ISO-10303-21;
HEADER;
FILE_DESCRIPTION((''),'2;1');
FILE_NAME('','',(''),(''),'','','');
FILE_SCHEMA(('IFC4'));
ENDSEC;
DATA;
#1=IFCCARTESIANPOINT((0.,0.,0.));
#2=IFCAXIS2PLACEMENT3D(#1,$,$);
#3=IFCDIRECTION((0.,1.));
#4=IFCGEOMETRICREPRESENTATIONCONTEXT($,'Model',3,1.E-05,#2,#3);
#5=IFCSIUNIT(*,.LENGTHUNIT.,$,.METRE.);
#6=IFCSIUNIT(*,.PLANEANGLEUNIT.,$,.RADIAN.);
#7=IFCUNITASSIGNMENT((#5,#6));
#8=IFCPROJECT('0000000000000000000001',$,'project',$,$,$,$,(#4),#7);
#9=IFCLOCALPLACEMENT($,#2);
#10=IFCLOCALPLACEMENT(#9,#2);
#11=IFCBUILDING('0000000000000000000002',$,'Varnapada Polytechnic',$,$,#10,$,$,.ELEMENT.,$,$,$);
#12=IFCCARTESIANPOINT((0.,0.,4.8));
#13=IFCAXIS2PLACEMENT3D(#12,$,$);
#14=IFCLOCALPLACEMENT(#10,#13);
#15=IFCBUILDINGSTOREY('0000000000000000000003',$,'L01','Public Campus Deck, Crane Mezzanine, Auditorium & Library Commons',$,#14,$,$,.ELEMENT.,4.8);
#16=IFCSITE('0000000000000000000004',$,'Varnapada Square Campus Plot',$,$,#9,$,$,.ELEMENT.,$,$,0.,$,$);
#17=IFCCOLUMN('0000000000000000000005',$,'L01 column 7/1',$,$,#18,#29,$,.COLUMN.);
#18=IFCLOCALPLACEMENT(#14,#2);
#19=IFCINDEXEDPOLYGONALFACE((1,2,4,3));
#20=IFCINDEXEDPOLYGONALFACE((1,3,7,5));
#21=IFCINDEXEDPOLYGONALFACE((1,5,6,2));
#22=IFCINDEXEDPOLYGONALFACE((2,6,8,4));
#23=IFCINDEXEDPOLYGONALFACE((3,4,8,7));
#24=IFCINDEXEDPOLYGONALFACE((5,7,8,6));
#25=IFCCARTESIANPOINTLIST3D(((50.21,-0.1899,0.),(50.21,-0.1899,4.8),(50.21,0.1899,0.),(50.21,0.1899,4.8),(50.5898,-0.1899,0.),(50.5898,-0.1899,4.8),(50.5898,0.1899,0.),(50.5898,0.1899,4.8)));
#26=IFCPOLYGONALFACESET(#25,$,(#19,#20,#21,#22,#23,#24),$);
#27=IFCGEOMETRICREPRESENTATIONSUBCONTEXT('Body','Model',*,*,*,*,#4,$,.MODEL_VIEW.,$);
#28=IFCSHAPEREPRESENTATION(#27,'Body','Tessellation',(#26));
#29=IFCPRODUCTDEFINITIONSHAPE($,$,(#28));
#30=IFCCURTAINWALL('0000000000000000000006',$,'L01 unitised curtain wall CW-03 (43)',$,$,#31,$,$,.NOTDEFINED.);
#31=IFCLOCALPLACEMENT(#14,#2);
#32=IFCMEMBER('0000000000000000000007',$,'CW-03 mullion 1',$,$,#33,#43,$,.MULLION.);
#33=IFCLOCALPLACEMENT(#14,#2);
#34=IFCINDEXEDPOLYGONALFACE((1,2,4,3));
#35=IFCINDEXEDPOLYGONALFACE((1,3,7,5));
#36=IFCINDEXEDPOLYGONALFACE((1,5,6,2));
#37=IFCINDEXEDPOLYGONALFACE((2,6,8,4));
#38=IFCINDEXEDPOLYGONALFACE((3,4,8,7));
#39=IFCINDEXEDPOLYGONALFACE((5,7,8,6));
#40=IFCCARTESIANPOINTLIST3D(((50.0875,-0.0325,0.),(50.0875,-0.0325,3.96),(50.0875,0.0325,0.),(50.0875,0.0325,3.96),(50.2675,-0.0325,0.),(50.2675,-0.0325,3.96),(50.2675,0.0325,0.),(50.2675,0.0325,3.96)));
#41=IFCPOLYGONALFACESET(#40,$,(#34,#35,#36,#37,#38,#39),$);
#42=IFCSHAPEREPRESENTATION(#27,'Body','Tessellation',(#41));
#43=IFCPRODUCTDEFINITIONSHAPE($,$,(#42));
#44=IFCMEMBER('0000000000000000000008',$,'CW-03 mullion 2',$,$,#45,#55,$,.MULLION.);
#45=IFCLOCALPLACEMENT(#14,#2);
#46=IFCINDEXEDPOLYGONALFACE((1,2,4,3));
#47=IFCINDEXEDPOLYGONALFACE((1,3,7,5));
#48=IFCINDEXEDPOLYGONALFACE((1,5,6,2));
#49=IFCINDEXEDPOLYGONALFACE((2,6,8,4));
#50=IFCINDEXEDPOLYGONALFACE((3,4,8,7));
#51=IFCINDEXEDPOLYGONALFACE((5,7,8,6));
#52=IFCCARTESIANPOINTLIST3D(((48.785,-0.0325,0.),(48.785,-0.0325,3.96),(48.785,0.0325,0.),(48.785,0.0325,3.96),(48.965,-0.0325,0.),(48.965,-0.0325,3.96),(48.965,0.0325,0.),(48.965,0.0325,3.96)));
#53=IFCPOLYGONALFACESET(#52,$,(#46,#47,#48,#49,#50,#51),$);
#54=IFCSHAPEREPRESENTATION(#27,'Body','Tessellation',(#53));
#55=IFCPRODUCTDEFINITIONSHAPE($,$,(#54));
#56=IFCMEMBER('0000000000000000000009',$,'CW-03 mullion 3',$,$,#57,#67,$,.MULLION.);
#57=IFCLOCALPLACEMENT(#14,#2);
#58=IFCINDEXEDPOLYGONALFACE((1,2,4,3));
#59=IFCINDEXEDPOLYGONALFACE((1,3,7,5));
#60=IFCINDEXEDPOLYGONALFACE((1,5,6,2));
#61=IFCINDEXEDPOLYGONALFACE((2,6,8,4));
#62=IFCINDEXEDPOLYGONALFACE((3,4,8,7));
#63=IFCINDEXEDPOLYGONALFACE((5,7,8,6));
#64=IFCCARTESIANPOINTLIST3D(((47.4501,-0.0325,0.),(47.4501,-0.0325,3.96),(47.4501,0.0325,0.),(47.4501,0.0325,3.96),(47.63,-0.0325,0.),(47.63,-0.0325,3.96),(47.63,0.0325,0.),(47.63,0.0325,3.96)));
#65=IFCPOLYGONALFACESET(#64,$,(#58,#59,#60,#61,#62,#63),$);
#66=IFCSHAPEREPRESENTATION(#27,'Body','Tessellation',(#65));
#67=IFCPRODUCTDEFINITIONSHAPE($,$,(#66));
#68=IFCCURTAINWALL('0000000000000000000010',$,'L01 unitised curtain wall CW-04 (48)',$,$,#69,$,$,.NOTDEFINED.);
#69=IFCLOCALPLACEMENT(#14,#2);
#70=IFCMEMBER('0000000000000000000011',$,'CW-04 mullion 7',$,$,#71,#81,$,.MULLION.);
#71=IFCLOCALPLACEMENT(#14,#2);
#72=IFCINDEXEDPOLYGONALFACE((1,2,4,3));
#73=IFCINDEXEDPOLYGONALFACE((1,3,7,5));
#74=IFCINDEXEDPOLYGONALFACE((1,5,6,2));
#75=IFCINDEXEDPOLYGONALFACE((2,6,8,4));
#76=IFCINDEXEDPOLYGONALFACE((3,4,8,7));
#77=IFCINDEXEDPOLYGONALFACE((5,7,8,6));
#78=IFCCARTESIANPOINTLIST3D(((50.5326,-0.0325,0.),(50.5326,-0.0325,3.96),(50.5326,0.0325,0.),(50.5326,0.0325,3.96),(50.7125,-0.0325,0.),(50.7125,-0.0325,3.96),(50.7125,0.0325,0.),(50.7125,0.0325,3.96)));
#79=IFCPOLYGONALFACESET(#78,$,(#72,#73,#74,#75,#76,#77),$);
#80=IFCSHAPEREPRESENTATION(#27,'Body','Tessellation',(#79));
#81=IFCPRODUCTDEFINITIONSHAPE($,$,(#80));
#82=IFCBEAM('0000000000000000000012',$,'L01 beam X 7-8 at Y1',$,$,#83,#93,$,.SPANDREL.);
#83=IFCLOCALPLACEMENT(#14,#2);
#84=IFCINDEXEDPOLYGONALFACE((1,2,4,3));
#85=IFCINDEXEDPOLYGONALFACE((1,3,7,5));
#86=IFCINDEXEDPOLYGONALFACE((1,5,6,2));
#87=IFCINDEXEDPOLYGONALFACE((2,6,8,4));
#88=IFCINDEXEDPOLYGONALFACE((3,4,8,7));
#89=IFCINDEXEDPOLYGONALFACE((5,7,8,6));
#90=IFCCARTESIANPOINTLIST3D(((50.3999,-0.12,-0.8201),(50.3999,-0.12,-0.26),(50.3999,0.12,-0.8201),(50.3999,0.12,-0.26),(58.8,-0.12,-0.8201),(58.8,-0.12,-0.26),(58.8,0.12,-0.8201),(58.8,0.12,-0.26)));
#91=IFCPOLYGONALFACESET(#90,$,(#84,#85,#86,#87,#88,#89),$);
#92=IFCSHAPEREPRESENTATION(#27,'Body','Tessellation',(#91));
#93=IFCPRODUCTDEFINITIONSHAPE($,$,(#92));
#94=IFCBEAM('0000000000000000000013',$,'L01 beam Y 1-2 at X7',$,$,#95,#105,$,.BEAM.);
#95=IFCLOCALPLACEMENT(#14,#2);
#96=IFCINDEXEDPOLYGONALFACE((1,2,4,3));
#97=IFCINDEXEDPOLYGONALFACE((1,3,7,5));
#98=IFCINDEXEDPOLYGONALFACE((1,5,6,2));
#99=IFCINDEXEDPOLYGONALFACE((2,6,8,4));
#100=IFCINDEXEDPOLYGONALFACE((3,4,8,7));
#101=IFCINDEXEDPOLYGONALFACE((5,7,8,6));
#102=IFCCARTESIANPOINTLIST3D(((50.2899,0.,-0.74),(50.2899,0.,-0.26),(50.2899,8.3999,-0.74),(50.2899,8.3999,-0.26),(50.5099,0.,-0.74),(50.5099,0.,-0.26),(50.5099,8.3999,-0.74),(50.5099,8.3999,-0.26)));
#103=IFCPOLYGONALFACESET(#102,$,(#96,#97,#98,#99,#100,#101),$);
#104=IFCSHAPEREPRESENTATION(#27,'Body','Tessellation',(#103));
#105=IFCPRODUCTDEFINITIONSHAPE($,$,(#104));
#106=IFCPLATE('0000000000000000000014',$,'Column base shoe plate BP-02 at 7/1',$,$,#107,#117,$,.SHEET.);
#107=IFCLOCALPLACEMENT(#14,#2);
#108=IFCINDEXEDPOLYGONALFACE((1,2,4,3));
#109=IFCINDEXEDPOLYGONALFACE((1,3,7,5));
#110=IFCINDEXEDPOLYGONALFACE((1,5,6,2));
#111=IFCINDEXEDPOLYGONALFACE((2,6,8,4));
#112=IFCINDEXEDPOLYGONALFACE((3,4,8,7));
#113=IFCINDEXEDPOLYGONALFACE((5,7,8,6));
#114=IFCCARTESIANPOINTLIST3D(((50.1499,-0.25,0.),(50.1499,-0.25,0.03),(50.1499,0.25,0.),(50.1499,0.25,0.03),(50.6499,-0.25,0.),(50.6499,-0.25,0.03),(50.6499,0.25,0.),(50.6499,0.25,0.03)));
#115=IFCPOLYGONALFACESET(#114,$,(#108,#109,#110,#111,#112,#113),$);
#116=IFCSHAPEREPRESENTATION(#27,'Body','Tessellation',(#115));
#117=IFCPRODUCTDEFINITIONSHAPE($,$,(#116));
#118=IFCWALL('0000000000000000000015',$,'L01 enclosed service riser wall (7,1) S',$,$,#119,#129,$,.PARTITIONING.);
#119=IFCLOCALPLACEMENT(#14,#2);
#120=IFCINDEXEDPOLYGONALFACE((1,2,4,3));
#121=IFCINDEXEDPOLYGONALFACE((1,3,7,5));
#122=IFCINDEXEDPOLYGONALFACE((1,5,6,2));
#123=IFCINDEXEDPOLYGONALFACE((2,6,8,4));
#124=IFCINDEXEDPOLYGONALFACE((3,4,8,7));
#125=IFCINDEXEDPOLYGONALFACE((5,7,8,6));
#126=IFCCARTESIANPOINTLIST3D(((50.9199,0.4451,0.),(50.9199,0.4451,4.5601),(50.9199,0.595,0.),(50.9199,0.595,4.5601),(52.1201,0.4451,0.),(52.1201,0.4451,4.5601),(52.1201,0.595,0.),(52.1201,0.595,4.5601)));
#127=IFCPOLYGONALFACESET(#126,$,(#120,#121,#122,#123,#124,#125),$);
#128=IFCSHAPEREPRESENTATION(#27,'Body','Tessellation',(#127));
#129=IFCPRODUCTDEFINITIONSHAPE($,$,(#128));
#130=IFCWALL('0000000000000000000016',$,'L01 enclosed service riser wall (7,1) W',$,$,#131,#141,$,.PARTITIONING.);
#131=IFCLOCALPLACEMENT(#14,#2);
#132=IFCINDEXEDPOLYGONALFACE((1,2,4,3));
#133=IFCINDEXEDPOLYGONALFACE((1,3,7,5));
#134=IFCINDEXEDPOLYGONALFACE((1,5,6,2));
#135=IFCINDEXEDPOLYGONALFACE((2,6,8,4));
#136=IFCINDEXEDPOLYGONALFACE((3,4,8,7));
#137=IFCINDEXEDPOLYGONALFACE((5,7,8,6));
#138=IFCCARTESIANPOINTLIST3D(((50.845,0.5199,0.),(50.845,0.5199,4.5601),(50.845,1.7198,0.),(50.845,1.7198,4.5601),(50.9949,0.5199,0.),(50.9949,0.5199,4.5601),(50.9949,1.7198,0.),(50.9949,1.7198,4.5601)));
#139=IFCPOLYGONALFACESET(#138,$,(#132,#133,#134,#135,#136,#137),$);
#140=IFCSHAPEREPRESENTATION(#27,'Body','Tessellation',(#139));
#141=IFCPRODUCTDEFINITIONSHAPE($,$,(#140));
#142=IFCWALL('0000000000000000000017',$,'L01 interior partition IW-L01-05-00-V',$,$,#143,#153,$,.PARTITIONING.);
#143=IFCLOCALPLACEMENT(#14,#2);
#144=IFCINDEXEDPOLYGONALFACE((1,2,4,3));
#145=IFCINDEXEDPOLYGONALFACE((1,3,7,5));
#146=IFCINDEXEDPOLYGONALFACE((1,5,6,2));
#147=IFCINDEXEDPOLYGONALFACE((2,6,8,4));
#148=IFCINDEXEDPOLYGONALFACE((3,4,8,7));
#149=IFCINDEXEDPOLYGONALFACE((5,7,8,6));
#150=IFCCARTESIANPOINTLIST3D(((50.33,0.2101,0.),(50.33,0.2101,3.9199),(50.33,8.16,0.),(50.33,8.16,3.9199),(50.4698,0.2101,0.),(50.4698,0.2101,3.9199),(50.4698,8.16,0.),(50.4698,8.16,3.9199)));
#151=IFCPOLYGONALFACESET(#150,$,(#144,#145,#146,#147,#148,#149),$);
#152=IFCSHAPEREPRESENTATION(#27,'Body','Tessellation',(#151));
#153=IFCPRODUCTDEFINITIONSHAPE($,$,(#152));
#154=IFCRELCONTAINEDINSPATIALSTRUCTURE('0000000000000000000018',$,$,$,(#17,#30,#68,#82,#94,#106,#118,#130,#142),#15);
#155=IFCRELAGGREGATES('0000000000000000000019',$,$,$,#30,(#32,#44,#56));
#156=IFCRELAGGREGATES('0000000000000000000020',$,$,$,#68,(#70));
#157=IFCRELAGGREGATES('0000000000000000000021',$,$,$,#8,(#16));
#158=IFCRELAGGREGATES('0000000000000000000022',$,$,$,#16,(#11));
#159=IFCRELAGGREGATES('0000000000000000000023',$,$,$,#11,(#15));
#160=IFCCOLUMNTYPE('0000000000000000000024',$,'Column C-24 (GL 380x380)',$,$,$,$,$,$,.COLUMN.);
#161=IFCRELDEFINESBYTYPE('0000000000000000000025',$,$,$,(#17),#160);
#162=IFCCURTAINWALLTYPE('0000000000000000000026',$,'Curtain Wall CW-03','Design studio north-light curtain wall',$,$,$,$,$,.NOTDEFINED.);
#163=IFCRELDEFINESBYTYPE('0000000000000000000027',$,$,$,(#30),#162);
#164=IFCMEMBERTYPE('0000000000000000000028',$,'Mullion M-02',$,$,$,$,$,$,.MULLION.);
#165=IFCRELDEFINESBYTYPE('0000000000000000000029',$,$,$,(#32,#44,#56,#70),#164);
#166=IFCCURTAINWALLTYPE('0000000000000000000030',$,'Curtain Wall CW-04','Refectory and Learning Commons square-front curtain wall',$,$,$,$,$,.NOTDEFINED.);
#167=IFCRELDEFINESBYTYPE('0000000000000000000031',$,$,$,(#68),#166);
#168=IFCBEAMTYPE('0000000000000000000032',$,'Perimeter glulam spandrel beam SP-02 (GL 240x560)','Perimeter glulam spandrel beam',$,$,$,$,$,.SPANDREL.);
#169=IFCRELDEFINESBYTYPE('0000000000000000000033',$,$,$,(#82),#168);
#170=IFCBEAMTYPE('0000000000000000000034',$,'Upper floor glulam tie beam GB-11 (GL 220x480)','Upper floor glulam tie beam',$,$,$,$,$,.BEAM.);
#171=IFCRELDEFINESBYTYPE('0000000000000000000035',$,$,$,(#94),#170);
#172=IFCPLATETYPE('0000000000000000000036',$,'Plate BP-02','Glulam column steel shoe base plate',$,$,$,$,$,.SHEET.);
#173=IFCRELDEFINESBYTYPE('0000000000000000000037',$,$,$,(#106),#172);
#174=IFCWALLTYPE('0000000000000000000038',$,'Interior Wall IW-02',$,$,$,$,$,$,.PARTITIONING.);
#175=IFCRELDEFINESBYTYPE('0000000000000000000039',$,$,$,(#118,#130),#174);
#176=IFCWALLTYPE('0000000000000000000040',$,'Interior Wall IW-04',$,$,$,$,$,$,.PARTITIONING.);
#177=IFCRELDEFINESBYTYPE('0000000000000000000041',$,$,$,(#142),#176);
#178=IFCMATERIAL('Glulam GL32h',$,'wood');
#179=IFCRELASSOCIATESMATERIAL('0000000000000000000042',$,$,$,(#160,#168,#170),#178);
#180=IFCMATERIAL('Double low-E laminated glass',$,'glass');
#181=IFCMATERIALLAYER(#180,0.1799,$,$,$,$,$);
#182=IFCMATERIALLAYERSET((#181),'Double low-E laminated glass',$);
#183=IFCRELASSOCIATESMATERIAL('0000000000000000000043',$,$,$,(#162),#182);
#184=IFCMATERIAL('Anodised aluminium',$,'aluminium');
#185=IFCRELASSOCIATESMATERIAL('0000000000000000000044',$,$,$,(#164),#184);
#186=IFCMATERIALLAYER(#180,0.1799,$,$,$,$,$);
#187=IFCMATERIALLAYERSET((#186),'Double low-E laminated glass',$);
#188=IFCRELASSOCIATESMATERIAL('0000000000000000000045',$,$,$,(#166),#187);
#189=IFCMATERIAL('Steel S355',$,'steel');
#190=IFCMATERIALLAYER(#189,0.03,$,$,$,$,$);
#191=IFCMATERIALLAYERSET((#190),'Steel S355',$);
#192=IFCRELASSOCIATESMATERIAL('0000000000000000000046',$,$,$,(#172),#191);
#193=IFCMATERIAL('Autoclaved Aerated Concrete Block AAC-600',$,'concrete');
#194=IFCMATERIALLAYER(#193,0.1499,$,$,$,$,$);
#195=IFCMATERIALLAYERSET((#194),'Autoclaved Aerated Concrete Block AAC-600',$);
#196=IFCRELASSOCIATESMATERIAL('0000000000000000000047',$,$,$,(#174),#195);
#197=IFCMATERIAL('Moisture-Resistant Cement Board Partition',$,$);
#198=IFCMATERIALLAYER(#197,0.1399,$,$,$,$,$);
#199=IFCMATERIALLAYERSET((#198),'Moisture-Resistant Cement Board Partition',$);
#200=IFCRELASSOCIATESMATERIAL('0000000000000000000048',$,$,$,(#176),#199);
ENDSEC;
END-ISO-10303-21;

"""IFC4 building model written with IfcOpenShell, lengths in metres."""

from ifc_helpers import new_model, si_unit, direction, frame, frame_2d, origin, origin_2d, place, context, subcontext, project, spatial, rectangle, extrude, material, layer, layer_set, material_profile, profile_set, type_object, element, aggregate, save


model = new_model("IFC4")

# Units and contexts
model_context = context("Model", 3, precision=1e-05, world=origin(), true_north=direction((0.0, 1.0)))
body_context = subcontext(model_context, "Body", "Model", "MODEL_VIEW")
ifc_project = project(units=[si_unit("LENGTHUNIT", "METRE"), si_unit("PLANEANGLEUNIT", "RADIAN")], contexts=[model_context])

# Site, building, storey
site_placement = place(None, origin())
site = spatial("IfcSite", under=ifc_project, at=site_placement, Name="Varnapada Square Campus Plot", CompositionType="ELEMENT", RefElevation=0.0)
building_placement = place(site_placement, origin())
building = spatial("IfcBuilding", under=site, at=building_placement, Name="Varnapada Polytechnic", CompositionType="ELEMENT")
storey_placement = place(building_placement, frame((0.0, 0.0, 4.8)))
storey = spatial("IfcBuildingStorey", under=building, at=storey_placement, Name="L01", Description="Public Campus Deck, Crane Mezzanine, Auditorium & Library Commons", CompositionType="ELEMENT", Elevation=4.8)

# Column
ifc_material_1 = material(Name="Glulam GL32h", Category="wood")
ifc_material_profile_1 = material_profile(ifc_material_1, rectangle(XDim=0.3799, YDim=0.3799, at=origin_2d()), Name="GL 380x380")
ifc_profile_set_1 = profile_set([ifc_material_profile_1], Name="Glulam GL32h")
column_type = type_object("IfcColumnType", Name="Column C-24 (GL 380x380)", PredefinedType="COLUMN", material=ifc_profile_set_1)
column_placement = place(storey_placement, frame((50.3999, 0.0, 0.0), z_axis=(0.0, 0.0, 1.0), x_axis=(1.0, 0.0, 0.0)))
element("IfcColumn", 1, at=column_placement, inside=storey, type_object=column_type, Name="L01 column 7/1", PredefinedType="COLUMN", context=body_context, shape_type="SweptSolid", body=[
    extrude(rectangle(XDim=0.3799, YDim=0.3799, at=origin_2d()), origin(), (0.0, 0.0, 1.0), 4.8),
])

# Curtain wall, members
ifc_material_2 = material(Name="Double low-E laminated glass", Category="glass")
ifc_layer_1 = layer(ifc_material_2, 0.1799)
ifc_layer_set_1 = layer_set([ifc_layer_1], Name="Double low-E laminated glass")
curtain_wall_type_1 = type_object("IfcCurtainWallType", Name="Curtain Wall CW-03", Description="Design studio north-light curtain wall", PredefinedType="NOTDEFINED", material=ifc_layer_set_1)
curtain_wall_1_placement = place(storey_placement, origin())
curtain_wall_1 = element("IfcCurtainWall", 2, at=curtain_wall_1_placement, inside=storey, type_object=curtain_wall_type_1, Name="L01 unitised curtain wall CW-03 (43)", PredefinedType="NOTDEFINED")
ifc_material_3 = material(Name="Anodised aluminium", Category="aluminium")
ifc_material_profile_2 = material_profile(ifc_material_3, rectangle(XDim=0.0649, YDim=0.1799, at=origin_2d()), Name="ALU M65x180")
ifc_profile_set_2 = profile_set([ifc_material_profile_2], Name="Anodised aluminium")
member_type = type_object("IfcMemberType", Name="Mullion M-02", PredefinedType="MULLION", material=ifc_profile_set_2)
member_1_placement = place(storey_placement, frame((50.1775, 0.0, 0.0), z_axis=(0.0, 0.0, 1.0), x_axis=(0.0, -1.0, 0.0)))
member_1 = element("IfcMember", 3, at=member_1_placement, type_object=member_type, Name="CW-03 mullion 1", PredefinedType="MULLION", context=body_context, shape_type="SweptSolid", body=[
    extrude(rectangle(XDim=0.0649, YDim=0.1799, at=origin_2d()), origin(), (0.0, 0.0, 1.0), 3.96),
])
member_2_placement = place(storey_placement, frame((48.875, 0.0, 0.0), z_axis=(0.0, 0.0, 1.0), x_axis=(0.0, -1.0, 0.0)))
member_2 = element("IfcMember", 4, at=member_2_placement, type_object=member_type, Name="CW-03 mullion 2", PredefinedType="MULLION", context=body_context, shape_type="SweptSolid", body=[
    extrude(rectangle(XDim=0.0649, YDim=0.1799, at=origin_2d()), origin(), (0.0, 0.0, 1.0), 3.96),
])
member_3_placement = place(storey_placement, frame((47.54, 0.0, 0.0), z_axis=(0.0, 0.0, 1.0), x_axis=(0.0, -1.0, 0.0)))
member_3 = element("IfcMember", 5, at=member_3_placement, type_object=member_type, Name="CW-03 mullion 3", PredefinedType="MULLION", context=body_context, shape_type="SweptSolid", body=[
    extrude(rectangle(XDim=0.0649, YDim=0.1799, at=origin_2d()), origin(), (0.0, 0.0, 1.0), 3.96),
])
aggregate(curtain_wall_1, [member_1, member_2, member_3])

# Curtain wall, member
ifc_layer_2 = layer(ifc_material_2, 0.1799)
ifc_layer_set_2 = layer_set([ifc_layer_2], Name="Double low-E laminated glass")
curtain_wall_type_2 = type_object("IfcCurtainWallType", Name="Curtain Wall CW-04", Description="Refectory and Learning Commons square-front curtain wall", PredefinedType="NOTDEFINED", material=ifc_layer_set_2)
curtain_wall_2_placement = place(storey_placement, origin())
curtain_wall_2 = element("IfcCurtainWall", 6, at=curtain_wall_2_placement, inside=storey, type_object=curtain_wall_type_2, Name="L01 unitised curtain wall CW-04 (48)", PredefinedType="NOTDEFINED")
member_4_placement = place(storey_placement, frame((50.6226, 0.0, 0.0), z_axis=(0.0, 0.0, 1.0), x_axis=(0.0, -1.0, 0.0)))
member_4 = element("IfcMember", 7, at=member_4_placement, type_object=member_type, Name="CW-04 mullion 7", PredefinedType="MULLION", context=body_context, shape_type="SweptSolid", body=[
    extrude(rectangle(XDim=0.0649, YDim=0.1799, at=origin_2d()), origin(), (0.0, 0.0, 1.0), 3.96),
])
aggregate(curtain_wall_2, [member_4])

# Beams
ifc_material_profile_3 = material_profile(ifc_material_1, rectangle(XDim=0.24, YDim=0.5601, at=origin_2d()), Name="GL 240x560")
ifc_profile_set_3 = profile_set([ifc_material_profile_3], Name="Glulam GL32h")
beam_type_1 = type_object("IfcBeamType", Name="Perimeter glulam spandrel beam SP-02 (GL 240x560)", Description="Perimeter glulam spandrel beam", PredefinedType="SPANDREL", material=ifc_profile_set_3)
beam_1_placement = place(storey_placement, frame((50.3999, 0.0, -0.54), z_axis=(1.0, 0.0, 0.0), x_axis=(0.0, 1.0, 0.0)))
element("IfcBeam", 8, at=beam_1_placement, inside=storey, type_object=beam_type_1, Name="L01 beam X 7-8 at Y1", PredefinedType="SPANDREL", context=body_context, shape_type="SweptSolid", body=[
    extrude(rectangle(XDim=0.24, YDim=0.5601, at=origin_2d()), origin(), (0.0, 0.0, 1.0), 8.4001),
])
ifc_material_profile_4 = material_profile(ifc_material_1, rectangle(XDim=0.22, YDim=0.48, at=origin_2d()), Name="GL 220x480")
ifc_profile_set_4 = profile_set([ifc_material_profile_4], Name="Glulam GL32h")
beam_type_2 = type_object("IfcBeamType", Name="Upper floor glulam tie beam GB-11 (GL 220x480)", Description="Upper floor glulam tie beam", PredefinedType="BEAM", material=ifc_profile_set_4)
beam_2_placement = place(storey_placement, frame((50.3999, 0.0, -0.5), z_axis=(0.0, 1.0, 0.0), x_axis=(-1.0, 0.0, 0.0)))
element("IfcBeam", 9, at=beam_2_placement, inside=storey, type_object=beam_type_2, Name="L01 beam Y 1-2 at X7", PredefinedType="BEAM", context=body_context, shape_type="SweptSolid", body=[
    extrude(rectangle(XDim=0.22, YDim=0.48, at=origin_2d()), origin(), (0.0, 0.0, 1.0), 8.3999),
])

# Plate
ifc_material_4 = material(Name="Steel S355", Category="steel")
ifc_layer_3 = layer(ifc_material_4, 0.03)
ifc_layer_set_3 = layer_set([ifc_layer_3], Name="Steel S355")
plate_type = type_object("IfcPlateType", Name="Plate BP-02", Description="Glulam column steel shoe base plate", PredefinedType="SHEET", material=ifc_layer_set_3)
plate_placement = place(storey_placement, frame((50.3999, 0.0, 0.0), z_axis=(0.0, 0.0, 1.0), x_axis=(1.0, 0.0, 0.0)))
element("IfcPlate", 10, at=plate_placement, inside=storey, type_object=plate_type, Name="Column base shoe plate BP-02 at 7/1", PredefinedType="SHEET", context=body_context, shape_type="SweptSolid", body=[
    extrude(rectangle(XDim=0.5, YDim=0.5, at=origin_2d()), origin(), (0.0, 0.0, 1.0), 0.03),
])

# Walls
ifc_material_5 = material(Name="Autoclaved Aerated Concrete Block AAC-600", Category="concrete")
ifc_layer_4 = layer(ifc_material_5, 0.1499)
ifc_layer_set_4 = layer_set([ifc_layer_4], Name="Autoclaved Aerated Concrete Block AAC-600")
wall_type_1 = type_object("IfcWallType", Name="Interior Wall IW-02", PredefinedType="PARTITIONING", material=ifc_layer_set_4)
wall_1_placement = place(storey_placement, frame((50.9199, 0.52, 0.0), z_axis=(0.0, 0.0, 1.0), x_axis=(1.0, 0.0, 0.0)))
element("IfcWall", 11, at=wall_1_placement, inside=storey, type_object=wall_type_1, Name="L01 enclosed service riser wall (7,1) S", PredefinedType="PARTITIONING", context=body_context, shape_type="SweptSolid", body=[
    extrude(rectangle(XDim=1.2002, YDim=0.1499, at=frame_2d((0.6001, 0.0))), origin(), (0.0, 0.0, 1.0), 4.5601),
])
wall_2_placement = place(storey_placement, frame((50.9199, 1.72, 0.0), z_axis=(0.0, 0.0, 1.0), x_axis=(0.0, -1.0, 0.0)))
element("IfcWall", 12, at=wall_2_placement, inside=storey, type_object=wall_type_1, Name="L01 enclosed service riser wall (7,1) W", PredefinedType="PARTITIONING", context=body_context, shape_type="SweptSolid", body=[
    extrude(rectangle(XDim=1.2, YDim=0.1499, at=frame_2d((0.6001, 0.0))), origin(), (0.0, 0.0, 1.0), 4.5601),
])
ifc_material_6 = material(Name="Moisture-Resistant Cement Board Partition")
ifc_layer_5 = layer(ifc_material_6, 0.1399)
ifc_layer_set_5 = layer_set([ifc_layer_5], Name="Moisture-Resistant Cement Board Partition")
wall_type_2 = type_object("IfcWallType", Name="Interior Wall IW-04", PredefinedType="PARTITIONING", material=ifc_layer_set_5)
wall_3_placement = place(storey_placement, frame((50.3999, 0.21, 0.0), z_axis=(0.0, 0.0, 1.0), x_axis=(0.0, 1.0, 0.0)))
element("IfcWall", 13, at=wall_3_placement, inside=storey, type_object=wall_type_2, Name="L01 interior partition IW-L01-05-00-V", PredefinedType="PARTITIONING", context=body_context, shape_type="SweptSolid", body=[
    extrude(rectangle(XDim=7.95, YDim=0.1399, at=frame_2d((3.9751, 0.0))), origin(), (0.0, 0.0, 1.0), 3.9199),
])

save(model, "model.ifc")
